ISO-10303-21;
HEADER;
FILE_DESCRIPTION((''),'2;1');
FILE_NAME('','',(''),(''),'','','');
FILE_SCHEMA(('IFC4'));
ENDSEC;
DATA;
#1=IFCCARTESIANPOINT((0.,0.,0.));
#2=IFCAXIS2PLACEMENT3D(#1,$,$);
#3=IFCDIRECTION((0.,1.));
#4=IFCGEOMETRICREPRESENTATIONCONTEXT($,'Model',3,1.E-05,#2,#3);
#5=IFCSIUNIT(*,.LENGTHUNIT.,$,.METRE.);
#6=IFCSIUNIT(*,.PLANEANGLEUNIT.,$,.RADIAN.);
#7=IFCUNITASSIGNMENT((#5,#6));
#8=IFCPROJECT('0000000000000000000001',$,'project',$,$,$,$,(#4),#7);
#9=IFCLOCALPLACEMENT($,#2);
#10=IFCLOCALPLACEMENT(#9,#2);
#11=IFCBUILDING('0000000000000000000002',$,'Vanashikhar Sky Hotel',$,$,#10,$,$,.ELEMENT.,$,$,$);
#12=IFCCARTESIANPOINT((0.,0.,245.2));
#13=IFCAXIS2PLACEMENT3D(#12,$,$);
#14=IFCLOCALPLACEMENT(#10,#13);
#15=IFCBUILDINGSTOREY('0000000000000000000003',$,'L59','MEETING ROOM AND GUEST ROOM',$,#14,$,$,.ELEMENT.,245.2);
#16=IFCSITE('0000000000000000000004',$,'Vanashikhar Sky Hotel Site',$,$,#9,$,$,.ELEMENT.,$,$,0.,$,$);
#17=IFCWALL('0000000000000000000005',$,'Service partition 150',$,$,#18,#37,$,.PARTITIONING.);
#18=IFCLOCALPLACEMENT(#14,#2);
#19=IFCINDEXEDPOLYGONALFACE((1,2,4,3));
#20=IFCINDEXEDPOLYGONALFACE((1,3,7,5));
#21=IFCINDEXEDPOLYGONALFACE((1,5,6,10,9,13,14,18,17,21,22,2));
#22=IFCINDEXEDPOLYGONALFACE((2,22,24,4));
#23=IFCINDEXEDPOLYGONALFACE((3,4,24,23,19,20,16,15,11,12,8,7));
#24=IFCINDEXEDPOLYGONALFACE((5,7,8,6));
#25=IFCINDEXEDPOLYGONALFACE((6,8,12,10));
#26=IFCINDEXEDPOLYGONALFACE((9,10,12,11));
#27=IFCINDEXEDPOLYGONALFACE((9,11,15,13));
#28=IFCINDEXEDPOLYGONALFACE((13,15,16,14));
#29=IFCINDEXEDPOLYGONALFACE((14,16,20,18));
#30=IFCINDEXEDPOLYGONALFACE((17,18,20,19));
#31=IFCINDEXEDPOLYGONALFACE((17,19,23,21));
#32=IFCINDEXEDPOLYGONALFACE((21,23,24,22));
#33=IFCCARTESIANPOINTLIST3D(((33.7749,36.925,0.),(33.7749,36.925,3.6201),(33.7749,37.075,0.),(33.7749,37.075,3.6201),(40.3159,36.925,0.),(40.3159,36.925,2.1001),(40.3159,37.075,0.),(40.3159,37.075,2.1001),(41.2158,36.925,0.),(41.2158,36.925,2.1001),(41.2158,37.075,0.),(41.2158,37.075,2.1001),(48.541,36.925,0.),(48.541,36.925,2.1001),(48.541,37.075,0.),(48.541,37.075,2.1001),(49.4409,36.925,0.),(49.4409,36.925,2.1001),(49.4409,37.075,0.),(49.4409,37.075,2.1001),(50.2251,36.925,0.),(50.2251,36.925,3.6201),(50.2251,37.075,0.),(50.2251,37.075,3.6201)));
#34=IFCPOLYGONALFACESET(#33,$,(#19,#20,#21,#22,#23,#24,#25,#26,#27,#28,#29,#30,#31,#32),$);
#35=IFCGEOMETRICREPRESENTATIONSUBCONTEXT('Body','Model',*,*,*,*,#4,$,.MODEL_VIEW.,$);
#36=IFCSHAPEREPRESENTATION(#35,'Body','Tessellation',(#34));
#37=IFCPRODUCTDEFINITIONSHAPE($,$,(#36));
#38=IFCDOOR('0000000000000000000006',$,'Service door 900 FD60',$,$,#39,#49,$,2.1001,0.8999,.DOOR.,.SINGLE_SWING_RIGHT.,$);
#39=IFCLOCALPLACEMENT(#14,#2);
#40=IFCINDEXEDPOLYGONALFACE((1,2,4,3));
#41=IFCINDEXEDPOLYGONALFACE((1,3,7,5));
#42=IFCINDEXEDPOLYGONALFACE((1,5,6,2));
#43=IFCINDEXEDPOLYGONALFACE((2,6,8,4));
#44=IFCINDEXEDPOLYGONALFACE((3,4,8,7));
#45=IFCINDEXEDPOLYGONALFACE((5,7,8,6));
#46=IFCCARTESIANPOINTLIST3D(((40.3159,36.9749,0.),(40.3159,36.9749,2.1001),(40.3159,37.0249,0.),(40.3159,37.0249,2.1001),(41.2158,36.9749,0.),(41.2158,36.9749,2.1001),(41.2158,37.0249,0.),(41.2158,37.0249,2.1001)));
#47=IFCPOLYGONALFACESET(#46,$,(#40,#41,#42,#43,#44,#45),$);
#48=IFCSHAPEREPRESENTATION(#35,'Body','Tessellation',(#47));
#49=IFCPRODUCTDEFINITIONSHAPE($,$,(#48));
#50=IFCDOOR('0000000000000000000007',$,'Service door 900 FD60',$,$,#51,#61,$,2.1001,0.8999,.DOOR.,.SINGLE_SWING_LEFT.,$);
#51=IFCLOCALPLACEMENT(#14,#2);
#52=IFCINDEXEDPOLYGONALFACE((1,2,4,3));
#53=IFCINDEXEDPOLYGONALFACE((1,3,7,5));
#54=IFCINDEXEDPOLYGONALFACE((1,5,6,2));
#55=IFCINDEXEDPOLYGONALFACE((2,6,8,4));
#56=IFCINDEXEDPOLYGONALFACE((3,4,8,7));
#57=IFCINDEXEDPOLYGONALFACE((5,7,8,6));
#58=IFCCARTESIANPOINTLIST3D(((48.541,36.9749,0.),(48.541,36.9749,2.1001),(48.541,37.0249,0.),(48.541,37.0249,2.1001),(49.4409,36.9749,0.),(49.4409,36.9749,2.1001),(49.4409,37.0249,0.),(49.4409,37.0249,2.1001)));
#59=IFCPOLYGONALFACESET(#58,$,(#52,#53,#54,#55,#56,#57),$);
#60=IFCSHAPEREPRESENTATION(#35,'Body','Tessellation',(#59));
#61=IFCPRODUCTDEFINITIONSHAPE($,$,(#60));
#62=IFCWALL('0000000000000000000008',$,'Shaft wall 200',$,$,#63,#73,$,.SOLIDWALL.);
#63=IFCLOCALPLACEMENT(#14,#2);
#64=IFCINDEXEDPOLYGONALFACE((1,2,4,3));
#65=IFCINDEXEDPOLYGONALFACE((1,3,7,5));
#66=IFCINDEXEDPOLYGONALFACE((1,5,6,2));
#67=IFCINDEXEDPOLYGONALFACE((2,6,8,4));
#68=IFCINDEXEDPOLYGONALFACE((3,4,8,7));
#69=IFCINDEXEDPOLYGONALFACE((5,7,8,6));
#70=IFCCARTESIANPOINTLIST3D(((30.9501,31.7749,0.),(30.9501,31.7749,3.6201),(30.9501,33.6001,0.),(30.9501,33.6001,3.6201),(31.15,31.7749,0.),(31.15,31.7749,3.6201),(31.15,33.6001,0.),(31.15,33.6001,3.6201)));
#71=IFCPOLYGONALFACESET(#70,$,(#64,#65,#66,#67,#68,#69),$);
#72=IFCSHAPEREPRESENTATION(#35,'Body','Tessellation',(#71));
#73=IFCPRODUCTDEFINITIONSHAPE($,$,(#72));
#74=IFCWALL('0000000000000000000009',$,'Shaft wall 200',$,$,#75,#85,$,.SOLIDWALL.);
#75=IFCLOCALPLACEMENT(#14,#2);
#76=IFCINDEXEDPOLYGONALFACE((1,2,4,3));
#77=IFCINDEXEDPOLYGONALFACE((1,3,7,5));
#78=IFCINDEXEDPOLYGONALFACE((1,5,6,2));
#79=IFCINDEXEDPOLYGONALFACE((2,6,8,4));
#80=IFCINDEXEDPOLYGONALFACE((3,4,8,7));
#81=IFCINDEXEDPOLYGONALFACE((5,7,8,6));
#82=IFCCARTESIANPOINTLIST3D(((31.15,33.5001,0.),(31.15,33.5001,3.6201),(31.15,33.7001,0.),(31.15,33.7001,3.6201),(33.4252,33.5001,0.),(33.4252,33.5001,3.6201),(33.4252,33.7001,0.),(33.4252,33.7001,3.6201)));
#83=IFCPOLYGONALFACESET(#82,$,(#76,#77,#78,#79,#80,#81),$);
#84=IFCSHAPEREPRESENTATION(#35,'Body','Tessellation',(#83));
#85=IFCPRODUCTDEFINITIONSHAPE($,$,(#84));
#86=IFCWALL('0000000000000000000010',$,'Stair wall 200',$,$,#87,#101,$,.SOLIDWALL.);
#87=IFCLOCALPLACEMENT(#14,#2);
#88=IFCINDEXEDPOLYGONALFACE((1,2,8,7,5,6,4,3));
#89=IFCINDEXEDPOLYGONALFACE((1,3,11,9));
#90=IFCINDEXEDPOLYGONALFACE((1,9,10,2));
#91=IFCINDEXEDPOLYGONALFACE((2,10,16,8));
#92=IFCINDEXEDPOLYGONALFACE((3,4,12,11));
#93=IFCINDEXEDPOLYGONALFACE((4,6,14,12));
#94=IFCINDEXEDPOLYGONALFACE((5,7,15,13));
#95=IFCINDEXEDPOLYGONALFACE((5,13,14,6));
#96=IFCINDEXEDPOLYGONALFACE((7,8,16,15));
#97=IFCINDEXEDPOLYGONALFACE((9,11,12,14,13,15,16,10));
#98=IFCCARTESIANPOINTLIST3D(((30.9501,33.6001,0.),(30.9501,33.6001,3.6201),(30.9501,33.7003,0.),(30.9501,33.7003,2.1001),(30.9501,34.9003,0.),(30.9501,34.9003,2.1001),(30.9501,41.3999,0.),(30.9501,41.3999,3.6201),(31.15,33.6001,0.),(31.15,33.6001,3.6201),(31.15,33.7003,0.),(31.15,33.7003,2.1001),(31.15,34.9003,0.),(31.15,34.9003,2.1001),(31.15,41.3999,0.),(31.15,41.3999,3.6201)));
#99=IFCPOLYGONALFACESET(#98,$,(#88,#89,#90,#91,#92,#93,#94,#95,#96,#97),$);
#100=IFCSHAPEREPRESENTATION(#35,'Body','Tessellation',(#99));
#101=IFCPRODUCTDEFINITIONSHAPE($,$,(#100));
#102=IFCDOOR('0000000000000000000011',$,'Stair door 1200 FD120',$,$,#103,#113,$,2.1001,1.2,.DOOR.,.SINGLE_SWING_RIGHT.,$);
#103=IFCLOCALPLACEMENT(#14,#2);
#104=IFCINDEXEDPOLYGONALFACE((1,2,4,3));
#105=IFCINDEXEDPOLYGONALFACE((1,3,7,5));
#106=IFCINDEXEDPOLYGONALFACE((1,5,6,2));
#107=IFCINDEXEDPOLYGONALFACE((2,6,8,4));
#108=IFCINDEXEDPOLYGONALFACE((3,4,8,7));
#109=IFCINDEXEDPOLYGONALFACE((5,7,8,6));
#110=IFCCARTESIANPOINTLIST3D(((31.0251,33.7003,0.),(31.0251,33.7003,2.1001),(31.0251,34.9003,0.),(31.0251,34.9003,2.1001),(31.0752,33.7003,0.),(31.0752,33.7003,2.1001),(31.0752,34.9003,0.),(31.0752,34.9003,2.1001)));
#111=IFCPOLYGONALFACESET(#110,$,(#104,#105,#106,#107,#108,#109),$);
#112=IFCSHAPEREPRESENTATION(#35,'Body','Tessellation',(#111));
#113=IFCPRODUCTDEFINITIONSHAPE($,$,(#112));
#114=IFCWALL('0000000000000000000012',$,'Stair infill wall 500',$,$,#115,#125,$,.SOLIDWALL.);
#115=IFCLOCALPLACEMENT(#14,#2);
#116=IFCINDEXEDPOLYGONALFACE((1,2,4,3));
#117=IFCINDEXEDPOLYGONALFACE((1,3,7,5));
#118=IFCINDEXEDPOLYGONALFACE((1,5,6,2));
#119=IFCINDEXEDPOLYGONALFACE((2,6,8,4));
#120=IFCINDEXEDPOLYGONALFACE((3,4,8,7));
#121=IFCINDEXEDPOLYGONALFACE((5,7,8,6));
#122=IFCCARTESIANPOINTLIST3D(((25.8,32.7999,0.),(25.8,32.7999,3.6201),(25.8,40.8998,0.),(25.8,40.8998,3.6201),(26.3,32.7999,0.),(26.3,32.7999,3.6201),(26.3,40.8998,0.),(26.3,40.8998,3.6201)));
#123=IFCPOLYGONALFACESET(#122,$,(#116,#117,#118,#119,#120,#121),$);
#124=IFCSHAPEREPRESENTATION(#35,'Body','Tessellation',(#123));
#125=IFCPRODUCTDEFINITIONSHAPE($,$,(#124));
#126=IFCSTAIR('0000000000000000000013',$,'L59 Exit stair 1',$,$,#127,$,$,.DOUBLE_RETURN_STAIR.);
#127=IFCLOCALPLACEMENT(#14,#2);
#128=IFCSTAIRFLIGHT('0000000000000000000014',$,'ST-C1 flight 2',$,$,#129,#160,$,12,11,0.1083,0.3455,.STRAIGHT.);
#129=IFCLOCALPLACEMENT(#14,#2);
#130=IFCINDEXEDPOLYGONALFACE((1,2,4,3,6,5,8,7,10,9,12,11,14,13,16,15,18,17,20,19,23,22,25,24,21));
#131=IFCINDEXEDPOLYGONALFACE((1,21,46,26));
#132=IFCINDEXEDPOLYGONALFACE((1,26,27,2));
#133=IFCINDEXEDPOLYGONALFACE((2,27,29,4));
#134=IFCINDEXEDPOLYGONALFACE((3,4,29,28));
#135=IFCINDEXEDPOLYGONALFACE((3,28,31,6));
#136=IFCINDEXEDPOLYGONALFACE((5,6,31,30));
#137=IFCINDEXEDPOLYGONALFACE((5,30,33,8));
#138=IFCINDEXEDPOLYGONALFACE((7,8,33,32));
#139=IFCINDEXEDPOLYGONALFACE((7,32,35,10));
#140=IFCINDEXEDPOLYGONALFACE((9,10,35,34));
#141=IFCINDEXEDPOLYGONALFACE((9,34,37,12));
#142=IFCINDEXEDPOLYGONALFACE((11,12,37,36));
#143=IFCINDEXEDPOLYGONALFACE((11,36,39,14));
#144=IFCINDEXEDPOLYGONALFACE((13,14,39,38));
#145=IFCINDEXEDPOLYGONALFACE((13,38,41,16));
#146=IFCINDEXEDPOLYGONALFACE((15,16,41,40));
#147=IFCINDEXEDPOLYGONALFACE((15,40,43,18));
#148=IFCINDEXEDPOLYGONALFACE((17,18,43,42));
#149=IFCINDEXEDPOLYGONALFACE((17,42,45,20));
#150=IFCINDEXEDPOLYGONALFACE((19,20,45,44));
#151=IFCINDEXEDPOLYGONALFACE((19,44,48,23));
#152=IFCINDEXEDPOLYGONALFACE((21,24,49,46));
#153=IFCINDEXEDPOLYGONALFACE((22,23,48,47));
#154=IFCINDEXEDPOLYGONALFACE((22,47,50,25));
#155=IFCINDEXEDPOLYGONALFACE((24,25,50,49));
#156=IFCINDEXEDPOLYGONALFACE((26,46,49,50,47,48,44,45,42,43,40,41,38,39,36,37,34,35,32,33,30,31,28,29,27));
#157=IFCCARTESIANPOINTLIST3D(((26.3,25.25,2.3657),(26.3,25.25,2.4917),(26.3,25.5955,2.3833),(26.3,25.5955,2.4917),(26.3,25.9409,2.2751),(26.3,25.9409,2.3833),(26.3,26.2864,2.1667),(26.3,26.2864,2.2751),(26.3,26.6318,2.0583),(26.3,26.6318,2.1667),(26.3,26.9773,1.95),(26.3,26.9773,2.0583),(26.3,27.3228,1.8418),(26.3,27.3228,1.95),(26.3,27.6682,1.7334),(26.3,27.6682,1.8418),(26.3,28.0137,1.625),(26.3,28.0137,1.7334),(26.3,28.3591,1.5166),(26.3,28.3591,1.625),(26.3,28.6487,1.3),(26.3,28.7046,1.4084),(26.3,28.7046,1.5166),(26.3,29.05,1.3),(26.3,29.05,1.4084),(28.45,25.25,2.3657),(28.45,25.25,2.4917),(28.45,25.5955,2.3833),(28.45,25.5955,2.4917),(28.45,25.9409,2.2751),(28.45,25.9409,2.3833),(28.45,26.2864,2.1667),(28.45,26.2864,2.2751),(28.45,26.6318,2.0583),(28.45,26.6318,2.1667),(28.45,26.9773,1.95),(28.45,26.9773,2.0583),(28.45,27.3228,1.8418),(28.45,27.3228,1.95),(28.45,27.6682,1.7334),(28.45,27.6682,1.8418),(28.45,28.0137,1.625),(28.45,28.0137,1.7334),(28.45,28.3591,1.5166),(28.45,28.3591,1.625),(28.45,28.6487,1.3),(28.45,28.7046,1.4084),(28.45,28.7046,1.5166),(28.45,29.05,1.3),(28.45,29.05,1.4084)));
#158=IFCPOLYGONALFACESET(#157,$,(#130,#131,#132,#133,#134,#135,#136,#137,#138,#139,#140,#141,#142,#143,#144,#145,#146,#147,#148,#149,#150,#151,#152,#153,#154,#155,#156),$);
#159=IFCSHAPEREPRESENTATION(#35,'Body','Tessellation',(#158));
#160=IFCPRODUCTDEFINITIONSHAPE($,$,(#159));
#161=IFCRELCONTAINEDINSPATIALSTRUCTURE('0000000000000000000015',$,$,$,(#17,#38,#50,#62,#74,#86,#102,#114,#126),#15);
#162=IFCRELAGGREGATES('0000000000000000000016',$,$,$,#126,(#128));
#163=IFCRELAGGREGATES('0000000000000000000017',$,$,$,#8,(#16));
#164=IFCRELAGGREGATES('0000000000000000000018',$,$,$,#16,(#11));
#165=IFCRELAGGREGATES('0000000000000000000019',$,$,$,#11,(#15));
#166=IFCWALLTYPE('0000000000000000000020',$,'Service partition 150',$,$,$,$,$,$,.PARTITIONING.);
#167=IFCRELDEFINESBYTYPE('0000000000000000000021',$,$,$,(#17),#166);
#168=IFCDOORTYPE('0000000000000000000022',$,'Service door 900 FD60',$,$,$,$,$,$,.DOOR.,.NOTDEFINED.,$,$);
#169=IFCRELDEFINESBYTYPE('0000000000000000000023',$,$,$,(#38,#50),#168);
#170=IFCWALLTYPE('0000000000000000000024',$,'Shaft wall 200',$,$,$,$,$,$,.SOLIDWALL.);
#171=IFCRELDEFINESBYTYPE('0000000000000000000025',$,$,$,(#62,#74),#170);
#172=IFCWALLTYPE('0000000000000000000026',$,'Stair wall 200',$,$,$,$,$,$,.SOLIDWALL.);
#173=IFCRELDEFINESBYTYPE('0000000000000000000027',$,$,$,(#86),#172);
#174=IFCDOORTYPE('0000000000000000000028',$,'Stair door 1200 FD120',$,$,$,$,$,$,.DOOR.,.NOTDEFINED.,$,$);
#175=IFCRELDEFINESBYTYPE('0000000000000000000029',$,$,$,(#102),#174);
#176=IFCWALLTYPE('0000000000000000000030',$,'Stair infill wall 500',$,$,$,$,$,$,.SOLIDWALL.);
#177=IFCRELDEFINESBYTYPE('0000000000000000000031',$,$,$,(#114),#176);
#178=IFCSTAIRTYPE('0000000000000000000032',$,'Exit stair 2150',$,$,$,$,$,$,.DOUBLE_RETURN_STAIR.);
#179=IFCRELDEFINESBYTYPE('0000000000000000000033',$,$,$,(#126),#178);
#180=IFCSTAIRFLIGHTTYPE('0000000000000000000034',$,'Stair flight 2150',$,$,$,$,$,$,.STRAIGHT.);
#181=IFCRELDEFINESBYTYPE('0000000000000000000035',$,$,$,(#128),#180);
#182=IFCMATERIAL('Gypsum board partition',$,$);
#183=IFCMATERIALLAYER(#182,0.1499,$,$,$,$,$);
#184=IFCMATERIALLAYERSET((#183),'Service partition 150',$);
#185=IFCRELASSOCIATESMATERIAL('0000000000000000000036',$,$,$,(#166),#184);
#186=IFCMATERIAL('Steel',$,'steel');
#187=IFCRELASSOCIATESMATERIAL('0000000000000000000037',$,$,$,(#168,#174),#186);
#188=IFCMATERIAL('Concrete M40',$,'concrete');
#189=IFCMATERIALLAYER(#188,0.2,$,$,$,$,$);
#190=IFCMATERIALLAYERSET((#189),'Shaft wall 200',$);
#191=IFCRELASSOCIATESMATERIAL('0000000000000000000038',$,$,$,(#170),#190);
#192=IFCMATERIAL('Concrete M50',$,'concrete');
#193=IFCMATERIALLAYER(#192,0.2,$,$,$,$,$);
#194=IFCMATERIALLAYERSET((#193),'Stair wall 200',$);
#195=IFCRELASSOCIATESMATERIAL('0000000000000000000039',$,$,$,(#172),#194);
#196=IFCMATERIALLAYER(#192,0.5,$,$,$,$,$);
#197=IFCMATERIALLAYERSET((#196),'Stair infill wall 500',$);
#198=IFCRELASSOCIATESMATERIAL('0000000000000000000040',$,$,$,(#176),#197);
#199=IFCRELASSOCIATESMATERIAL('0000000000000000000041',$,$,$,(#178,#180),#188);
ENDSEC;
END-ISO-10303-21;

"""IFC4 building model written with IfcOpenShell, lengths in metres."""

from ifc_helpers import new_model, si_unit, direction, frame, frame_2d, origin, place, context, subcontext, project, spatial, polyline, rectangle, outline, extrude, source, transform, mapped, material, layer, layer_set, type_object, element, fill, aggregate, save


model = new_model("IFC4")

# Units and contexts
model_context = context("Model", 3, precision=1e-05, world=origin(), true_north=direction((0.0, 1.0)))
body_context = subcontext(model_context, "Body", "Model", "MODEL_VIEW")
ifc_project = project(units=[si_unit("LENGTHUNIT", "METRE"), si_unit("PLANEANGLEUNIT", "RADIAN")], contexts=[model_context])

# Site, building, storey
site_placement = place(None, origin())
site = spatial("IfcSite", under=ifc_project, at=site_placement, Name="Vanashikhar Sky Hotel Site", CompositionType="ELEMENT", RefElevation=0.0)
building_placement = place(site_placement, origin())
building = spatial("IfcBuilding", under=site, at=building_placement, Name="Vanashikhar Sky Hotel", CompositionType="ELEMENT")
storey_placement = place(building_placement, frame((0.0, 0.0, 245.2)))
storey = spatial("IfcBuildingStorey", under=building, at=storey_placement, Name="L59", Description="MEETING ROOM AND GUEST ROOM", CompositionType="ELEMENT", Elevation=245.2)

# Shared definitions
ifc_material_1 = material(Name="Steel", Category="steel")

# Shared definitions
ifc_material_2 = material(Name="Gypsum board partition")
ifc_layer_1 = layer(ifc_material_2, 0.1499)
ifc_layer_set_1 = layer_set([ifc_layer_1], Name="Service partition 150")
wall_type_1 = type_object("IfcWallType", Name="Service partition 150", PredefinedType="PARTITIONING", material=ifc_layer_set_1)

# Wall, openings, doors
shared_shape_1 = source(origin(), body_context, "Body", "SweptSolid", [
    extrude(rectangle(XDim=0.8999, YDim=2.1001, at=frame_2d((0.45, 1.05))), frame((0.0, 0.085, 0.0), z_axis=(0.0, -1.0, 0.0), x_axis=(1.0, 0.0, 0.0)), (0.0, 0.0, 1.0), 0.1699),
])
door_type_1 = type_object("IfcDoorType", Name="Service door 900 FD60", OperationType="NOTDEFINED", PredefinedType="DOOR", material=ifc_material_1)
shared_shape_2 = source(origin(), body_context, "Body", "SweptSolid", [
    extrude(rectangle(XDim=0.8999, YDim=2.1001, at=frame_2d((0.45, 1.05))), frame((0.0, 0.0249, 0.0), z_axis=(0.0, -1.0, 0.0), x_axis=(1.0, 0.0, 0.0)), (0.0, 0.0, 1.0), 0.05),
])
shared_shape_3 = source(origin(), body_context, "Body", "SweptSolid", [
    extrude(rectangle(XDim=16.4502, YDim=0.1499, at=frame_2d((8.2251, 0.0))), origin(), (0.0, 0.0, 1.0), 3.6201),
])
wall_1_placement = place(storey_placement, frame((33.7749, 37.0, 0.0), z_axis=(0.0, 0.0, 1.0), x_axis=(1.0, 0.0, 0.0)))
wall_1 = element("IfcWall", 1, at=wall_1_placement, inside=storey, type_object=wall_type_1, Name="Service partition 150", PredefinedType="PARTITIONING", context=body_context, shape_type="MappedRepresentation", body=[
    mapped(shared_shape_3, transform((0.0, 0.0, 0.0), scale=1.0)),
])
opening_1_placement = place(wall_1_placement, frame((6.541, 0.0, 0.0)))
opening_1 = element("IfcOpeningElement", 2, at=opening_1_placement, cuts=wall_1, PredefinedType="OPENING", context=body_context, shape_type="MappedRepresentation", body=[
    mapped(shared_shape_1, transform((0.0, 0.0, 0.0), scale=1.0)),
])
opening_2_placement = place(wall_1_placement, frame((14.7661, 0.0, 0.0)))
opening_2 = element("IfcOpeningElement", 3, at=opening_2_placement, cuts=wall_1, PredefinedType="OPENING", context=body_context, shape_type="MappedRepresentation", body=[
    mapped(shared_shape_1, transform((0.0, 0.0, 0.0), scale=1.0)),
])
door_1_placement = place(opening_1_placement, origin())
door_1 = element("IfcDoor", 4, at=door_1_placement, inside=storey, type_object=door_type_1, Name="Service door 900 FD60", OperationType="SINGLE_SWING_RIGHT", OverallHeight=2.1001, OverallWidth=0.8999, PredefinedType="DOOR", context=body_context, shape_type="MappedRepresentation", body=[
    mapped(shared_shape_2, transform((0.0, 0.0, 0.0), scale=1.0)),
])
fill(opening_1, door_1)
door_2_placement = place(opening_2_placement, origin())
door_2 = element("IfcDoor", 5, at=door_2_placement, inside=storey, type_object=door_type_1, Name="Service door 900 FD60", OperationType="SINGLE_SWING_LEFT", OverallHeight=2.1001, OverallWidth=0.8999, PredefinedType="DOOR", context=body_context, shape_type="MappedRepresentation", body=[
    mapped(shared_shape_2, transform((0.0, 0.0, 0.0), scale=1.0)),
])
fill(opening_2, door_2)

# Walls
ifc_material_3 = material(Name="Concrete M40", Category="concrete")
ifc_layer_2 = layer(ifc_material_3, 0.2)
ifc_layer_set_2 = layer_set([ifc_layer_2], Name="Shaft wall 200")
wall_type_2 = type_object("IfcWallType", Name="Shaft wall 200", PredefinedType="SOLIDWALL", material=ifc_layer_set_2)
shared_shape_4 = source(origin(), body_context, "Body", "SweptSolid", [
    extrude(rectangle(XDim=1.8252, YDim=0.2, at=frame_2d((0.9126, 0.0))), origin(), (0.0, 0.0, 1.0), 3.6201),
])
wall_2_placement = place(storey_placement, frame((31.05, 31.7749, 0.0), z_axis=(0.0, 0.0, 1.0), x_axis=(0.0, 1.0, 0.0)))
element("IfcWall", 6, at=wall_2_placement, inside=storey, type_object=wall_type_2, Name="Shaft wall 200", PredefinedType="SOLIDWALL", context=body_context, shape_type="MappedRepresentation", body=[
    mapped(shared_shape_4, transform((0.0, 0.0, 0.0), scale=1.0)),
])
shared_shape_5 = source(origin(), body_context, "Body", "SweptSolid", [
    extrude(rectangle(XDim=2.2751, YDim=0.2, at=frame_2d((1.1377, 0.0))), origin(), (0.0, 0.0, 1.0), 3.6201),
])
wall_3_placement = place(storey_placement, frame((31.1499, 33.6001, 0.0), z_axis=(0.0, 0.0, 1.0), x_axis=(1.0, 0.0, 0.0)))
element("IfcWall", 7, at=wall_3_placement, inside=storey, type_object=wall_type_2, Name="Shaft wall 200", PredefinedType="SOLIDWALL", context=body_context, shape_type="MappedRepresentation", body=[
    mapped(shared_shape_5, transform((0.0, 0.0, 0.0), scale=1.0)),
])

# Wall, opening, door
ifc_material_4 = material(Name="Concrete M50", Category="concrete")
ifc_layer_3 = layer(ifc_material_4, 0.2)
ifc_layer_set_3 = layer_set([ifc_layer_3], Name="Stair wall 200")
wall_type_3 = type_object("IfcWallType", Name="Stair wall 200", PredefinedType="SOLIDWALL", material=ifc_layer_set_3)
shared_shape_6 = source(origin(), body_context, "Body", "SweptSolid", [
    extrude(rectangle(XDim=7.7998, YDim=0.2, at=frame_2d((3.8999, 0.0))), origin(), (0.0, 0.0, 1.0), 3.6201),
])
wall_4_placement = place(storey_placement, frame((31.05, 33.6001, 0.0), z_axis=(0.0, 0.0, 1.0), x_axis=(0.0, 1.0, 0.0)))
wall_4 = element("IfcWall", 8, at=wall_4_placement, inside=storey, type_object=wall_type_3, Name="Stair wall 200", PredefinedType="SOLIDWALL", context=body_context, shape_type="MappedRepresentation", body=[
    mapped(shared_shape_6, transform((0.0, 0.0, 0.0), scale=1.0)),
])
shared_shape_7 = source(origin(), body_context, "Body", "SweptSolid", [
    extrude(rectangle(XDim=1.2, YDim=2.1001, at=frame_2d((0.6001, 1.05))), frame((0.0, 0.1099, 0.0), z_axis=(0.0, -1.0, 0.0), x_axis=(1.0, 0.0, 0.0)), (0.0, 0.0, 1.0), 0.22),
])
opening_3_placement = place(wall_4_placement, frame((0.1001, 0.0, 0.0)))
opening_3 = element("IfcOpeningElement", 9, at=opening_3_placement, cuts=wall_4, PredefinedType="OPENING", context=body_context, shape_type="MappedRepresentation", body=[
    mapped(shared_shape_7, transform((0.0, 0.0, 0.0), scale=1.0)),
])
door_type_2 = type_object("IfcDoorType", Name="Stair door 1200 FD120", OperationType="NOTDEFINED", PredefinedType="DOOR", material=ifc_material_1)
shared_shape_8 = source(origin(), body_context, "Body", "SweptSolid", [
    extrude(rectangle(XDim=1.2, YDim=2.1001, at=frame_2d((0.6001, 1.05))), frame((0.0, 0.0249, 0.0), z_axis=(0.0, -1.0, 0.0), x_axis=(1.0, 0.0, 0.0)), (0.0, 0.0, 1.0), 0.05),
])
door_3_placement = place(opening_3_placement, origin())
door_3 = element("IfcDoor", 10, at=door_3_placement, inside=storey, type_object=door_type_2, Name="Stair door 1200 FD120", OperationType="SINGLE_SWING_RIGHT", OverallHeight=2.1001, OverallWidth=1.2, PredefinedType="DOOR", context=body_context, shape_type="MappedRepresentation", body=[
    mapped(shared_shape_8, transform((0.0, 0.0, 0.0), scale=1.0)),
])
fill(opening_3, door_3)

# Wall
ifc_layer_4 = layer(ifc_material_4, 0.5)
ifc_layer_set_4 = layer_set([ifc_layer_4], Name="Stair infill wall 500")
wall_type_4 = type_object("IfcWallType", Name="Stair infill wall 500", PredefinedType="SOLIDWALL", material=ifc_layer_set_4)
shared_shape_9 = source(origin(), body_context, "Body", "SweptSolid", [
    extrude(rectangle(XDim=8.0999, YDim=0.5, at=frame_2d((4.0498, 0.0))), origin(), (0.0, 0.0, 1.0), 3.6201),
])
wall_5_placement = place(storey_placement, frame((26.05, 32.8, 0.0), z_axis=(0.0, 0.0, 1.0), x_axis=(0.0, 1.0, 0.0)))
element("IfcWall", 11, at=wall_5_placement, inside=storey, type_object=wall_type_4, Name="Stair infill wall 500", PredefinedType="SOLIDWALL", context=body_context, shape_type="MappedRepresentation", body=[
    mapped(shared_shape_9, transform((0.0, 0.0, 0.0), scale=1.0)),
])

# Stair, stair flight
stair_type = type_object("IfcStairType", Name="Exit stair 2150", PredefinedType="DOUBLE_RETURN_STAIR", material=ifc_material_3)
stair_1_placement = place(storey_placement, origin())
stair_1 = element("IfcStair", 12, at=stair_1_placement, inside=storey, type_object=stair_type, Name="L59 Exit stair 1", PredefinedType="DOUBLE_RETURN_STAIR")
stair_flight_type = type_object("IfcStairFlightType", Name="Stair flight 2150", PredefinedType="STRAIGHT", material=ifc_material_3)
shared_shape_10 = source(origin(), body_context, "Body", "SweptSolid", [
    extrude(outline(polyline([(0.0, 0.0), (0.0, 0.1084), (0.3455, 0.1084), (0.3455, 0.2166), (0.6909, 0.2166), (0.6909, 0.325), (1.0364, 0.325), (1.0364, 0.4333), (1.3818, 0.4333), (1.3818, 0.5417), (1.7273, 0.5417), (1.7273, 0.6499), (2.0728, 0.6499), (2.0728, 0.7583), (2.4182, 0.7583), (2.4182, 0.8667), (2.7637, 0.8667), (2.7637, 0.9751), (3.1091, 0.9751), (3.1091, 1.0833), (3.4546, 1.0833), (3.4546, 1.1917), (3.8, 1.1917), (3.8, 1.3), (3.8, 1.0657), (0.4014, 0.0), (0.0, 0.0)])), frame((0.0, 1.075, 0.0), z_axis=(0.0, -1.0, 0.0), x_axis=(1.0, 0.0, 0.0)), (0.0, 0.0, 1.0), 2.1499),
])
stair_flight_1_placement = place(storey_placement, frame((27.375, 29.05, 1.3), z_axis=(0.0, 0.0, 1.0), x_axis=(0.0, -1.0, 0.0)))
stair_flight_1 = element("IfcStairFlight", 13, at=stair_flight_1_placement, type_object=stair_flight_type, Name="ST-C1 flight 2", NumberOfRisers=12, NumberOfTreads=11, PredefinedType="STRAIGHT", RiserHeight=0.1083, TreadLength=0.3455, context=body_context, shape_type="MappedRepresentation", body=[
    mapped(shared_shape_10, transform((0.0, 0.0, 0.0), scale=1.0)),
])
aggregate(stair_1, [stair_flight_1])

save(model, "model.ifc")
